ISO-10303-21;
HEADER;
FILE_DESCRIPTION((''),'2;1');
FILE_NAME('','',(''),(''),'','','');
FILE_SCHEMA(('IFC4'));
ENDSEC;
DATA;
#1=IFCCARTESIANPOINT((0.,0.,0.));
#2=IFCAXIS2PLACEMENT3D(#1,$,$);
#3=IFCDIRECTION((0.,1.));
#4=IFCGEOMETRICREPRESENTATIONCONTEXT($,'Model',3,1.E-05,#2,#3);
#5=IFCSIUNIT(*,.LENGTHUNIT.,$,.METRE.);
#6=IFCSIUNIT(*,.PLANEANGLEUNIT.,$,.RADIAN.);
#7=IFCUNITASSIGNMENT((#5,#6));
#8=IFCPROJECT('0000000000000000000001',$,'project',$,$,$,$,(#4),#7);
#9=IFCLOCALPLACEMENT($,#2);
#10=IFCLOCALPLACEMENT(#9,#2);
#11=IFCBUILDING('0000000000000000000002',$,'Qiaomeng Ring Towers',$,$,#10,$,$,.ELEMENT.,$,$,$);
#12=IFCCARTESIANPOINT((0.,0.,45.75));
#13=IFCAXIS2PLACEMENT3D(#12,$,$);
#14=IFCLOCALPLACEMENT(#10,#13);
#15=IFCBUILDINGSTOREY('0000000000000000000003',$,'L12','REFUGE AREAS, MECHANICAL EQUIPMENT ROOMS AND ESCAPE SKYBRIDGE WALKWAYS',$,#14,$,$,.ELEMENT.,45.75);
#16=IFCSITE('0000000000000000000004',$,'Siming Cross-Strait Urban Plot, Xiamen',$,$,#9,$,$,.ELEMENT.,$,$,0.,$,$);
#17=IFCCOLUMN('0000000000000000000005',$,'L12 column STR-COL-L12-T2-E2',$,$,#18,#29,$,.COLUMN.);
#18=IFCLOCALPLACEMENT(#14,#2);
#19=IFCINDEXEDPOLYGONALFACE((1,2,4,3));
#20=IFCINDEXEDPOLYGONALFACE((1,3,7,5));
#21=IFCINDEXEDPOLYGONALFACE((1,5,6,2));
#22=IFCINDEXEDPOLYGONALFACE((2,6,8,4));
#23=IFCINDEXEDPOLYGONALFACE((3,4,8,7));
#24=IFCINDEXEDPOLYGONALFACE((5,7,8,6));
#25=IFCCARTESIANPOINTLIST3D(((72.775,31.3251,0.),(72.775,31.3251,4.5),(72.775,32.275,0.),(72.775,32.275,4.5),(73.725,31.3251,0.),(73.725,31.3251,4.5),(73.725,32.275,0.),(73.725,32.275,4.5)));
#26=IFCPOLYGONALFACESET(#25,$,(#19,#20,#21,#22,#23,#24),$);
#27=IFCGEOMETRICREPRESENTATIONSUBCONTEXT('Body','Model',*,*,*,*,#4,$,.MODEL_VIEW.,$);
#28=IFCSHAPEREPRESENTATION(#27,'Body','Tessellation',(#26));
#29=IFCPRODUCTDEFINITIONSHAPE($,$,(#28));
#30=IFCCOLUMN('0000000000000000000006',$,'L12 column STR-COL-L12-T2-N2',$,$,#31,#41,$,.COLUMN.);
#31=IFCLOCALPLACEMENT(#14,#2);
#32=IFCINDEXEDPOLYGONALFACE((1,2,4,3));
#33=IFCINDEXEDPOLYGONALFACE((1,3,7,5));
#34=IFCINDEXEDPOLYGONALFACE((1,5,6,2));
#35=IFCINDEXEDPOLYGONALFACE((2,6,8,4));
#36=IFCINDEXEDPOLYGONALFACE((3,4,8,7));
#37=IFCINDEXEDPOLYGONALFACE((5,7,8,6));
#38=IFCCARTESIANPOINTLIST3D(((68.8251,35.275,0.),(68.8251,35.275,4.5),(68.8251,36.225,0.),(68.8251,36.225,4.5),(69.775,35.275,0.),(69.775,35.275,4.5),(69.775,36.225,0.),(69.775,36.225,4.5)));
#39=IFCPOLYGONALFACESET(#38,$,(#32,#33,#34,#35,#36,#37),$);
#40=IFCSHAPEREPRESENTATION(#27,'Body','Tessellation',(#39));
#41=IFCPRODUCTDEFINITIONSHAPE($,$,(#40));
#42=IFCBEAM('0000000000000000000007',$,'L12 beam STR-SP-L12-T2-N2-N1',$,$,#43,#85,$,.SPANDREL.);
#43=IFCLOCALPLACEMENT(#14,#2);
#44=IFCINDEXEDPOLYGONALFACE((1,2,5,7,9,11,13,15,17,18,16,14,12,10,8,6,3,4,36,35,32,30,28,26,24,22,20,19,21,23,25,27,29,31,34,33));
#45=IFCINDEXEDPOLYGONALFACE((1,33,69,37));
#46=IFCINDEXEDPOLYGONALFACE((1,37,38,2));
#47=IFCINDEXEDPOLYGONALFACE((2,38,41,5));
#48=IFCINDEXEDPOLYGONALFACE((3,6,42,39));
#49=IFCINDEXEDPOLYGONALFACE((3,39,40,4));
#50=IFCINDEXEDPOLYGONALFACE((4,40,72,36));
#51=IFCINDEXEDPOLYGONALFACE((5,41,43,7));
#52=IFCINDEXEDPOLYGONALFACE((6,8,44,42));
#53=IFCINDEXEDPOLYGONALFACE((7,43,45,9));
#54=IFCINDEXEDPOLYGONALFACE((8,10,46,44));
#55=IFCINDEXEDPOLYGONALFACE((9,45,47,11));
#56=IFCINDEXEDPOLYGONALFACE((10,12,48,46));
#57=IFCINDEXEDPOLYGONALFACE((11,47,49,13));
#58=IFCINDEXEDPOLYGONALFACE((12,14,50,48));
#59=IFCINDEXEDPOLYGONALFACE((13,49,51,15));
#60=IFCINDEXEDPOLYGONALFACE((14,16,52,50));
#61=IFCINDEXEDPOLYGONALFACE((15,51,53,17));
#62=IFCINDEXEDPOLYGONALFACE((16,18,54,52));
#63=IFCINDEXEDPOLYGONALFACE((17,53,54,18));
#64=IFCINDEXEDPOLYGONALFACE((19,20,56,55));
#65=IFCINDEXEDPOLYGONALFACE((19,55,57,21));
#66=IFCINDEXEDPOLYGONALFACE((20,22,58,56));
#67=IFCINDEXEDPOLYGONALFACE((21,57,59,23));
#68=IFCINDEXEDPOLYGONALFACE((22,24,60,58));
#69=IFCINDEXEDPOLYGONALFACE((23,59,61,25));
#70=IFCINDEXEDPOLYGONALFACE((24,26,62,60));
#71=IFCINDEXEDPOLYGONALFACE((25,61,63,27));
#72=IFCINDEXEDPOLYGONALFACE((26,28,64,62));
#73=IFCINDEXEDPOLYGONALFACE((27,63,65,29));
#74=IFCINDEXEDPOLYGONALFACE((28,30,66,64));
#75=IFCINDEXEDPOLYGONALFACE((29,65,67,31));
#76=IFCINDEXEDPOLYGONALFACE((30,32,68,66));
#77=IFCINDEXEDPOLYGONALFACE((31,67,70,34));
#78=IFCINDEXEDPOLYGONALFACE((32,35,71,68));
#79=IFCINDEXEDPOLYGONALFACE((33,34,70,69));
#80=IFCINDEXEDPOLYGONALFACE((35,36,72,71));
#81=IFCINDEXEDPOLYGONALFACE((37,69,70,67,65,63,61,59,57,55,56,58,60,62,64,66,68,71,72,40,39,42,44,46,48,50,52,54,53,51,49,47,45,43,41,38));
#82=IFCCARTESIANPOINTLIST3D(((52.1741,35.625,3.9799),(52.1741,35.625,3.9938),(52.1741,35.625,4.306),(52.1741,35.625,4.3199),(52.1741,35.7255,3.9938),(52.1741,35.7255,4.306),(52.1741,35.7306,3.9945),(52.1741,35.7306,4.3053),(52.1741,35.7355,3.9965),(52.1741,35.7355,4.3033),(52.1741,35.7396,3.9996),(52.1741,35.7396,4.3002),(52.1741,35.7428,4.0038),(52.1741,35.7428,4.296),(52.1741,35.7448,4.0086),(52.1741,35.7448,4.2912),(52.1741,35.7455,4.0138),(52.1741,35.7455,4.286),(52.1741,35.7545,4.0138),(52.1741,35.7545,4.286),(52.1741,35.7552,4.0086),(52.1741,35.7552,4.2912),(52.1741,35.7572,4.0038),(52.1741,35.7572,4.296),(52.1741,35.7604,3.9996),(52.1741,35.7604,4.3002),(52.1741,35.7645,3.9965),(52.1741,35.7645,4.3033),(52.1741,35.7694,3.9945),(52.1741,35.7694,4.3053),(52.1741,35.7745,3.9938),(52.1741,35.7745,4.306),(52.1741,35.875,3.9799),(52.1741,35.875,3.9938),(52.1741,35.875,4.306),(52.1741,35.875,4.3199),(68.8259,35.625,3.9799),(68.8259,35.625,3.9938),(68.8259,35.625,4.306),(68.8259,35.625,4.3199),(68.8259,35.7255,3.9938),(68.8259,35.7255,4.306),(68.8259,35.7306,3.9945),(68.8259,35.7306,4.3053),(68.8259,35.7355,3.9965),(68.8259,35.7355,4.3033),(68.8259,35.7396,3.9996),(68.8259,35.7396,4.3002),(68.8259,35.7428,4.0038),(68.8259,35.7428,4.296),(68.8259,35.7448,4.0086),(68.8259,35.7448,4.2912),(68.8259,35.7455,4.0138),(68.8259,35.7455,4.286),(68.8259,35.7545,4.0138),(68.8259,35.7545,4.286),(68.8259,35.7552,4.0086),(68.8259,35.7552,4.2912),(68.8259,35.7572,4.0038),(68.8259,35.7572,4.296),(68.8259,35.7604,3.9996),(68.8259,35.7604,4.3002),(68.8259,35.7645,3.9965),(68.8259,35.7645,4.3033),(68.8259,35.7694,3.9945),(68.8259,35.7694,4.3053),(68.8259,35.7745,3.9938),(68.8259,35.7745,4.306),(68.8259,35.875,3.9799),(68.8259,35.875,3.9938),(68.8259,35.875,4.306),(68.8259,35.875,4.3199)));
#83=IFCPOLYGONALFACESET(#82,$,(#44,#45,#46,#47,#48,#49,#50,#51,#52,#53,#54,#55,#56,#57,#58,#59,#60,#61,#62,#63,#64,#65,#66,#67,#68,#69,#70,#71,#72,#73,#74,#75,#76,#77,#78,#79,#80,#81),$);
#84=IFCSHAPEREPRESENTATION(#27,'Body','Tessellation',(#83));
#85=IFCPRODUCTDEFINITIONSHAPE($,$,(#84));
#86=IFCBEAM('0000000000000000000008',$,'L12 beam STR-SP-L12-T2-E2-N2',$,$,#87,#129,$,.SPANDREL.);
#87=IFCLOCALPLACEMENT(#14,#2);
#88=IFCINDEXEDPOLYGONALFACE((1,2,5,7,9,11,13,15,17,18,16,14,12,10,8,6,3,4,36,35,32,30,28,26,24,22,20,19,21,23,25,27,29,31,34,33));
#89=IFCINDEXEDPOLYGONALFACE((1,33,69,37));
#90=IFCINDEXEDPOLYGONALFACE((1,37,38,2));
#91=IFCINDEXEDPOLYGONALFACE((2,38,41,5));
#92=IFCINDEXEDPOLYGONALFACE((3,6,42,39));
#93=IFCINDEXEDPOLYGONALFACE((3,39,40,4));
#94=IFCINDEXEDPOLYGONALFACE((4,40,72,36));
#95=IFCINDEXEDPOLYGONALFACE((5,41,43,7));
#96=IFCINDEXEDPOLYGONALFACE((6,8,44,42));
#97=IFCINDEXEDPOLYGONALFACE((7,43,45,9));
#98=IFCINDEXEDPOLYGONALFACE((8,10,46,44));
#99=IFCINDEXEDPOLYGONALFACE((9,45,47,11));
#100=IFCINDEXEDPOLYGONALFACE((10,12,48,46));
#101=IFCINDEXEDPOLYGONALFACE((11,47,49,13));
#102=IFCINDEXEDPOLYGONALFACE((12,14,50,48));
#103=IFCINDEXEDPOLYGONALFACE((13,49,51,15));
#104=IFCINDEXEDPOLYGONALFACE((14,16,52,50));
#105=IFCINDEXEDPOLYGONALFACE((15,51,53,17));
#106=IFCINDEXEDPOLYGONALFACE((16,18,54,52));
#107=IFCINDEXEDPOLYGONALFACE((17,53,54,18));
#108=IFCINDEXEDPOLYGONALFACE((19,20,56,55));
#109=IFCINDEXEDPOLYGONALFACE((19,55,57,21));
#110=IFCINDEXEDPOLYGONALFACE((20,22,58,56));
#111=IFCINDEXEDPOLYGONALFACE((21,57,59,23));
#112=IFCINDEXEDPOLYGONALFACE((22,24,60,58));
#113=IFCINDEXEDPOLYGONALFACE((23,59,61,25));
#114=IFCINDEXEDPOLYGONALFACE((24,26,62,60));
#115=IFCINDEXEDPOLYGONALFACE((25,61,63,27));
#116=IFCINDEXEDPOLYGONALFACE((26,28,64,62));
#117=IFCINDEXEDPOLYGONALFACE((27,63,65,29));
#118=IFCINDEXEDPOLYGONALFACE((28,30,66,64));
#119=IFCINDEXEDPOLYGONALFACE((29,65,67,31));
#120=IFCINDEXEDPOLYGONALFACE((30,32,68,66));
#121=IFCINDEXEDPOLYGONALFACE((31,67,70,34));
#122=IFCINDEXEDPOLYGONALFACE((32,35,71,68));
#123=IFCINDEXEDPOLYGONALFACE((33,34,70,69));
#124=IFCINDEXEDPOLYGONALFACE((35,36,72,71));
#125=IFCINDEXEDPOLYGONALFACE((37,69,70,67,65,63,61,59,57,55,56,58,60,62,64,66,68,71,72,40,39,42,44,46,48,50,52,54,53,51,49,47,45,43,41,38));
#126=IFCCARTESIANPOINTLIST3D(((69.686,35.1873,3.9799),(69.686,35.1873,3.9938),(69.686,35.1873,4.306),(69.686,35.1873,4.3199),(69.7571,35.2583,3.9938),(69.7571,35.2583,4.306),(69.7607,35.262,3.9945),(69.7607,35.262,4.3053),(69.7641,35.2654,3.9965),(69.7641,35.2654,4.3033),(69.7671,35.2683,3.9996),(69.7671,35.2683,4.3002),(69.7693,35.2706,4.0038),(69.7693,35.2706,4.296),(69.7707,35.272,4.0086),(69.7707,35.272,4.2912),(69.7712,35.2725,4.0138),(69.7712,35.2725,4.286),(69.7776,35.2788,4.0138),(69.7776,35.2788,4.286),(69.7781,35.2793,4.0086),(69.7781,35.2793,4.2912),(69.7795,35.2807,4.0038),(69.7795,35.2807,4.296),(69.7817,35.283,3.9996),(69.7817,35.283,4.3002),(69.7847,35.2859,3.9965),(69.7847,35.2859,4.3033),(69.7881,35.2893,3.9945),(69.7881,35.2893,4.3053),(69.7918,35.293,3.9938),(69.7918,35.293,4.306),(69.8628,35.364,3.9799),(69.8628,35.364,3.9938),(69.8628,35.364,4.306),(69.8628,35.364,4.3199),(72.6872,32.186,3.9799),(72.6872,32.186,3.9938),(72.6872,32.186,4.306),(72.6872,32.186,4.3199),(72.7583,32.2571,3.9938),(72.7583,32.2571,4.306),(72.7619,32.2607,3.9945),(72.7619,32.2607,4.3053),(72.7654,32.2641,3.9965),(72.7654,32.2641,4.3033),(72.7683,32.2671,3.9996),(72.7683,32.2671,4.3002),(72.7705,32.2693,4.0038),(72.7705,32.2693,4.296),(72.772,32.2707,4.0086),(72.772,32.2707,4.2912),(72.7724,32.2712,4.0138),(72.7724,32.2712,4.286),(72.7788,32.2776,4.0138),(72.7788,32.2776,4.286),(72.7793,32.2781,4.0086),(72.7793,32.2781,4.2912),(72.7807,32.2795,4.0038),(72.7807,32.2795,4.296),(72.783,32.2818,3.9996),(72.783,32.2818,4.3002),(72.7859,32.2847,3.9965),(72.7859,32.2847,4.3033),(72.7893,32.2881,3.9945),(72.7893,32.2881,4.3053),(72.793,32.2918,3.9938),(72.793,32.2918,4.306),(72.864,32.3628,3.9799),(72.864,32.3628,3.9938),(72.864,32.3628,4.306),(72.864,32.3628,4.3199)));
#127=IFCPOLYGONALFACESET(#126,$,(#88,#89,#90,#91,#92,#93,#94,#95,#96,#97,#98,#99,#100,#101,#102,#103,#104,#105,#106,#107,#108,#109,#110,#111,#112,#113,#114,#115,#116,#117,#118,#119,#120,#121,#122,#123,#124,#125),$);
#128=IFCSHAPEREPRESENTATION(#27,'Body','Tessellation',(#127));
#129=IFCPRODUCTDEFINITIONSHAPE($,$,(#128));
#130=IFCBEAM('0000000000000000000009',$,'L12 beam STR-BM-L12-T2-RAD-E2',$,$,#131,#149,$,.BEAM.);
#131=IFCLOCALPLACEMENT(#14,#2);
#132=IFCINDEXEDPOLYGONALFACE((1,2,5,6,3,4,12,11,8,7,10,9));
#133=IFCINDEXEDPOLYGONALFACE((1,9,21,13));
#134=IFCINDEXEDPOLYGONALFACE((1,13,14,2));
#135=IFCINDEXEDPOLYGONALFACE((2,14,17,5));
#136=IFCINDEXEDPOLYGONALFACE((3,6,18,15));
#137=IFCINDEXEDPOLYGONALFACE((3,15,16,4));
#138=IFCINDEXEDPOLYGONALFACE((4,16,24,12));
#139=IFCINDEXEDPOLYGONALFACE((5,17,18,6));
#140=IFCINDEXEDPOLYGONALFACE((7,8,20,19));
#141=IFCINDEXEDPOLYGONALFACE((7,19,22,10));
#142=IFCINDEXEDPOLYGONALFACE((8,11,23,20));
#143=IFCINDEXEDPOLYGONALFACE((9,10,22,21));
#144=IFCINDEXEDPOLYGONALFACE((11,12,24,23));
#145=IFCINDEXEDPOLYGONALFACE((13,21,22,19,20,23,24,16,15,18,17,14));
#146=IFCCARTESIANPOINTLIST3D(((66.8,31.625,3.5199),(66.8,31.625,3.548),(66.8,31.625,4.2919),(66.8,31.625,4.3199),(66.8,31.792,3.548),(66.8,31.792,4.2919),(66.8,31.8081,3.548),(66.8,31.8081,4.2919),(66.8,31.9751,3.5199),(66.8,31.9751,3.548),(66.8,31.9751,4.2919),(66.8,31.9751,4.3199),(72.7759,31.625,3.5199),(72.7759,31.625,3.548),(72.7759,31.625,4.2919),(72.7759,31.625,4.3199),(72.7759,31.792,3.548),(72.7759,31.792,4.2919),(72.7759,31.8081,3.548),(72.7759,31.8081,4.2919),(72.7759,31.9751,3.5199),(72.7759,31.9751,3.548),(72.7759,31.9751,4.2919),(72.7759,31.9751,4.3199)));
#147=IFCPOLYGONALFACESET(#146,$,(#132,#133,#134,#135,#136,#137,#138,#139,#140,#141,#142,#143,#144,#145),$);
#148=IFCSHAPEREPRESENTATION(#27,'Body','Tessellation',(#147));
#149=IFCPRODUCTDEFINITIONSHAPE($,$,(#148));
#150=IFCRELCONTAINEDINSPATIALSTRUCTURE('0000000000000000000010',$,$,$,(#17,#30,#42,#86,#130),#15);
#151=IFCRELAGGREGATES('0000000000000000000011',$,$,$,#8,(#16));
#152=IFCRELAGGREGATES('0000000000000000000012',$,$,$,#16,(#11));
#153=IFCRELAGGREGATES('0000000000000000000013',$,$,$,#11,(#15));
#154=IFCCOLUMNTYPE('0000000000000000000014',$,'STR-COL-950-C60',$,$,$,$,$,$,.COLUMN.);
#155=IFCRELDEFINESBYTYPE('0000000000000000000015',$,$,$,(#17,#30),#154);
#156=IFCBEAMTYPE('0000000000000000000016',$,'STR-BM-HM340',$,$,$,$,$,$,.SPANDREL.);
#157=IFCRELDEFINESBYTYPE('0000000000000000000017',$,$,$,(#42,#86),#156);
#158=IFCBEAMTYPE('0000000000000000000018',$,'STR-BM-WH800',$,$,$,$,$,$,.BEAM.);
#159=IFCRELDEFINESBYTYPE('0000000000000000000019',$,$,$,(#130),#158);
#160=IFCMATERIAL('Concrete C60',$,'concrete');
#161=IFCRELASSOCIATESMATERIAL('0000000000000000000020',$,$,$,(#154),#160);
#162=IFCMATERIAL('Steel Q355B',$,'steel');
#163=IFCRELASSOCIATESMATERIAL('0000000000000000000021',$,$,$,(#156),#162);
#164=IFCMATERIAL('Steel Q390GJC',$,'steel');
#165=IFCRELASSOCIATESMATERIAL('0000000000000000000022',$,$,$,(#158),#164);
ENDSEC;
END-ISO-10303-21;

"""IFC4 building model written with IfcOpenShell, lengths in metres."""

from ifc_helpers import new_model, si_unit, direction, frame, origin, origin_2d, place, context, subcontext, project, spatial, rectangle, i_section, extrude, source, transform, mapped, material, material_profile, profile_set, type_object, element, save


model = new_model("IFC4")

# Units and contexts
model_context = context("Model", 3, precision=1e-05, world=origin(), true_north=direction((0.0, 1.0)))
body_context = subcontext(model_context, "Body", "Model", "MODEL_VIEW")
ifc_project = project(units=[si_unit("LENGTHUNIT", "METRE"), si_unit("PLANEANGLEUNIT", "RADIAN")], contexts=[model_context])

# Site, building, storey
site_placement = place(None, origin())
site = spatial("IfcSite", under=ifc_project, at=site_placement, Name="Siming Cross-Strait Urban Plot, Xiamen", CompositionType="ELEMENT", RefElevation=0.0)
building_placement = place(site_placement, origin())
building = spatial("IfcBuilding", under=site, at=building_placement, Name="Qiaomeng Ring Towers", CompositionType="ELEMENT")
storey_placement = place(building_placement, frame((0.0, 0.0, 45.75)))
storey = spatial("IfcBuildingStorey", under=building, at=storey_placement, Name="L12", Description="REFUGE AREAS, MECHANICAL EQUIPMENT ROOMS AND ESCAPE SKYBRIDGE WALKWAYS", CompositionType="ELEMENT", Elevation=45.75)

# Columns
ifc_material_1 = material(Name="Concrete C60", Category="concrete")
ifc_material_profile_1 = material_profile(ifc_material_1, rectangle(XDim=0.95, YDim=0.95, at=origin_2d()), Name="RC COL 950x950")
ifc_profile_set_1 = profile_set([ifc_material_profile_1], Name="Concrete C60")
column_type = type_object("IfcColumnType", Name="STR-COL-950-C60", PredefinedType="COLUMN", material=ifc_profile_set_1)
shared_shape_1 = source(origin(), body_context, "Body", "SweptSolid", [
    extrude(rectangle(XDim=0.95, YDim=0.95, at=origin_2d()), origin(), (0.0, 0.0, 1.0), 4.5),
])
for number, where, z_axis, x_axis, name in (
    (1, (73.25, 31.8, 0.0), (0.0, 0.0, 1.0), (1.0, 0.0, 0.0), "L12 column STR-COL-L12-T2-E2"),
    (2, (69.3, 35.75, 0.0), (0.0, 0.0, 1.0), (1.0, 0.0, 0.0), "L12 column STR-COL-L12-T2-N2"),
):
    element("IfcColumn", number, at=place(storey_placement, frame(where, z_axis=z_axis, x_axis=x_axis)), inside=storey, type_object=column_type, Name=name, PredefinedType="COLUMN", context=body_context, shape_type="MappedRepresentation", body=[
        mapped(shared_shape_1, transform((0.0, 0.0, 0.0), x_axis=(1.0, 0.0, 0.0), y_axis=(0.0, 1.0, 0.0), z_axis=(0.0, 0.0, 1.0), scale=1.0)),
    ])

# Beams
ifc_material_2 = material(Name="Steel Q355B", Category="steel")
ifc_material_profile_2 = material_profile(ifc_material_2, i_section(OverallWidth=0.25, OverallDepth=0.3401, WebThickness=0.009, FlangeThickness=0.0139, FilletRadius=0.02, at=origin_2d()), Name="HM 340x250x9x14")
ifc_profile_set_2 = profile_set([ifc_material_profile_2], Name="Steel Q355B")
beam_type_1 = type_object("IfcBeamType", Name="STR-BM-HM340", PredefinedType="SPANDREL", material=ifc_profile_set_2)
shared_shape_2 = source(origin(), body_context, "Body", "SweptSolid", [
    extrude(i_section(OverallWidth=0.25, OverallDepth=0.3401, WebThickness=0.009, FlangeThickness=0.0139, FilletRadius=0.02, at=origin_2d()), origin(), (0.0, 0.0, 1.0), 16.6519),
])
beam_1_placement = place(storey_placement, frame((68.8259, 35.75, 4.1499), z_axis=(-1.0, 0.0, 0.0), x_axis=(0.0, -1.0, 0.0)))
element("IfcBeam", 3, at=beam_1_placement, inside=storey, type_object=beam_type_1, Name="L12 beam STR-SP-L12-T2-N2-N1", PredefinedType="SPANDREL", context=body_context, shape_type="MappedRepresentation", body=[
    mapped(shared_shape_2, transform((0.0, 0.0, 0.0), x_axis=(1.0, 0.0, 0.0), y_axis=(0.0, 1.0, 0.0), z_axis=(0.0, 0.0, 1.0), scale=1.0)),
])
shared_shape_3 = source(origin(), body_context, "Body", "SweptSolid", [
    extrude(i_section(OverallWidth=0.25, OverallDepth=0.3401, WebThickness=0.009, FlangeThickness=0.0139, FilletRadius=0.02, at=origin_2d()), origin(), (0.0, 0.0, 1.0), 4.2444),
])
beam_2_placement = place(storey_placement, frame((72.7756, 32.2744, 4.1499), z_axis=(-0.707107, 0.707107, 0.0), x_axis=(-0.707107, -0.707107, 0.0)))
element("IfcBeam", 4, at=beam_2_placement, inside=storey, type_object=beam_type_1, Name="L12 beam STR-SP-L12-T2-E2-N2", PredefinedType="SPANDREL", context=body_context, shape_type="MappedRepresentation", body=[
    mapped(shared_shape_3, transform((0.0, 0.0, 0.0), x_axis=(1.0, 0.0, 0.0), y_axis=(0.0, 1.0, 0.0), z_axis=(0.0, 0.0, 1.0), scale=1.0)),
])
ifc_material_3 = material(Name="Steel Q390GJC", Category="steel")
ifc_material_profile_3 = material_profile(ifc_material_3, i_section(OverallWidth=0.3501, OverallDepth=0.8, WebThickness=0.0161, FlangeThickness=0.0281, at=origin_2d()), Name="WH 800x350x16x28")
ifc_profile_set_3 = profile_set([ifc_material_profile_3], Name="Steel Q390GJC")
beam_type_2 = type_object("IfcBeamType", Name="STR-BM-WH800", PredefinedType="BEAM", material=ifc_profile_set_3)
shared_shape_4 = source(origin(), body_context, "Body", "SweptSolid", [
    extrude(i_section(OverallWidth=0.3501, OverallDepth=0.8, WebThickness=0.0161, FlangeThickness=0.0281, at=origin_2d()), origin(), (0.0, 0.0, 1.0), 5.9758),
])
beam_3_placement = place(storey_placement, frame((66.8, 31.8, 3.9199), z_axis=(1.0, 0.0, 0.0), x_axis=(0.0, 1.0, 0.0)))
element("IfcBeam", 5, at=beam_3_placement, inside=storey, type_object=beam_type_2, Name="L12 beam STR-BM-L12-T2-RAD-E2", PredefinedType="BEAM", context=body_context, shape_type="MappedRepresentation", body=[
    mapped(shared_shape_4, transform((0.0, 0.0, 0.0), x_axis=(1.0, 0.0, 0.0), y_axis=(0.0, 1.0, 0.0), z_axis=(0.0, 0.0, 1.0), scale=1.0)),
])

save(model, "model.ifc")
